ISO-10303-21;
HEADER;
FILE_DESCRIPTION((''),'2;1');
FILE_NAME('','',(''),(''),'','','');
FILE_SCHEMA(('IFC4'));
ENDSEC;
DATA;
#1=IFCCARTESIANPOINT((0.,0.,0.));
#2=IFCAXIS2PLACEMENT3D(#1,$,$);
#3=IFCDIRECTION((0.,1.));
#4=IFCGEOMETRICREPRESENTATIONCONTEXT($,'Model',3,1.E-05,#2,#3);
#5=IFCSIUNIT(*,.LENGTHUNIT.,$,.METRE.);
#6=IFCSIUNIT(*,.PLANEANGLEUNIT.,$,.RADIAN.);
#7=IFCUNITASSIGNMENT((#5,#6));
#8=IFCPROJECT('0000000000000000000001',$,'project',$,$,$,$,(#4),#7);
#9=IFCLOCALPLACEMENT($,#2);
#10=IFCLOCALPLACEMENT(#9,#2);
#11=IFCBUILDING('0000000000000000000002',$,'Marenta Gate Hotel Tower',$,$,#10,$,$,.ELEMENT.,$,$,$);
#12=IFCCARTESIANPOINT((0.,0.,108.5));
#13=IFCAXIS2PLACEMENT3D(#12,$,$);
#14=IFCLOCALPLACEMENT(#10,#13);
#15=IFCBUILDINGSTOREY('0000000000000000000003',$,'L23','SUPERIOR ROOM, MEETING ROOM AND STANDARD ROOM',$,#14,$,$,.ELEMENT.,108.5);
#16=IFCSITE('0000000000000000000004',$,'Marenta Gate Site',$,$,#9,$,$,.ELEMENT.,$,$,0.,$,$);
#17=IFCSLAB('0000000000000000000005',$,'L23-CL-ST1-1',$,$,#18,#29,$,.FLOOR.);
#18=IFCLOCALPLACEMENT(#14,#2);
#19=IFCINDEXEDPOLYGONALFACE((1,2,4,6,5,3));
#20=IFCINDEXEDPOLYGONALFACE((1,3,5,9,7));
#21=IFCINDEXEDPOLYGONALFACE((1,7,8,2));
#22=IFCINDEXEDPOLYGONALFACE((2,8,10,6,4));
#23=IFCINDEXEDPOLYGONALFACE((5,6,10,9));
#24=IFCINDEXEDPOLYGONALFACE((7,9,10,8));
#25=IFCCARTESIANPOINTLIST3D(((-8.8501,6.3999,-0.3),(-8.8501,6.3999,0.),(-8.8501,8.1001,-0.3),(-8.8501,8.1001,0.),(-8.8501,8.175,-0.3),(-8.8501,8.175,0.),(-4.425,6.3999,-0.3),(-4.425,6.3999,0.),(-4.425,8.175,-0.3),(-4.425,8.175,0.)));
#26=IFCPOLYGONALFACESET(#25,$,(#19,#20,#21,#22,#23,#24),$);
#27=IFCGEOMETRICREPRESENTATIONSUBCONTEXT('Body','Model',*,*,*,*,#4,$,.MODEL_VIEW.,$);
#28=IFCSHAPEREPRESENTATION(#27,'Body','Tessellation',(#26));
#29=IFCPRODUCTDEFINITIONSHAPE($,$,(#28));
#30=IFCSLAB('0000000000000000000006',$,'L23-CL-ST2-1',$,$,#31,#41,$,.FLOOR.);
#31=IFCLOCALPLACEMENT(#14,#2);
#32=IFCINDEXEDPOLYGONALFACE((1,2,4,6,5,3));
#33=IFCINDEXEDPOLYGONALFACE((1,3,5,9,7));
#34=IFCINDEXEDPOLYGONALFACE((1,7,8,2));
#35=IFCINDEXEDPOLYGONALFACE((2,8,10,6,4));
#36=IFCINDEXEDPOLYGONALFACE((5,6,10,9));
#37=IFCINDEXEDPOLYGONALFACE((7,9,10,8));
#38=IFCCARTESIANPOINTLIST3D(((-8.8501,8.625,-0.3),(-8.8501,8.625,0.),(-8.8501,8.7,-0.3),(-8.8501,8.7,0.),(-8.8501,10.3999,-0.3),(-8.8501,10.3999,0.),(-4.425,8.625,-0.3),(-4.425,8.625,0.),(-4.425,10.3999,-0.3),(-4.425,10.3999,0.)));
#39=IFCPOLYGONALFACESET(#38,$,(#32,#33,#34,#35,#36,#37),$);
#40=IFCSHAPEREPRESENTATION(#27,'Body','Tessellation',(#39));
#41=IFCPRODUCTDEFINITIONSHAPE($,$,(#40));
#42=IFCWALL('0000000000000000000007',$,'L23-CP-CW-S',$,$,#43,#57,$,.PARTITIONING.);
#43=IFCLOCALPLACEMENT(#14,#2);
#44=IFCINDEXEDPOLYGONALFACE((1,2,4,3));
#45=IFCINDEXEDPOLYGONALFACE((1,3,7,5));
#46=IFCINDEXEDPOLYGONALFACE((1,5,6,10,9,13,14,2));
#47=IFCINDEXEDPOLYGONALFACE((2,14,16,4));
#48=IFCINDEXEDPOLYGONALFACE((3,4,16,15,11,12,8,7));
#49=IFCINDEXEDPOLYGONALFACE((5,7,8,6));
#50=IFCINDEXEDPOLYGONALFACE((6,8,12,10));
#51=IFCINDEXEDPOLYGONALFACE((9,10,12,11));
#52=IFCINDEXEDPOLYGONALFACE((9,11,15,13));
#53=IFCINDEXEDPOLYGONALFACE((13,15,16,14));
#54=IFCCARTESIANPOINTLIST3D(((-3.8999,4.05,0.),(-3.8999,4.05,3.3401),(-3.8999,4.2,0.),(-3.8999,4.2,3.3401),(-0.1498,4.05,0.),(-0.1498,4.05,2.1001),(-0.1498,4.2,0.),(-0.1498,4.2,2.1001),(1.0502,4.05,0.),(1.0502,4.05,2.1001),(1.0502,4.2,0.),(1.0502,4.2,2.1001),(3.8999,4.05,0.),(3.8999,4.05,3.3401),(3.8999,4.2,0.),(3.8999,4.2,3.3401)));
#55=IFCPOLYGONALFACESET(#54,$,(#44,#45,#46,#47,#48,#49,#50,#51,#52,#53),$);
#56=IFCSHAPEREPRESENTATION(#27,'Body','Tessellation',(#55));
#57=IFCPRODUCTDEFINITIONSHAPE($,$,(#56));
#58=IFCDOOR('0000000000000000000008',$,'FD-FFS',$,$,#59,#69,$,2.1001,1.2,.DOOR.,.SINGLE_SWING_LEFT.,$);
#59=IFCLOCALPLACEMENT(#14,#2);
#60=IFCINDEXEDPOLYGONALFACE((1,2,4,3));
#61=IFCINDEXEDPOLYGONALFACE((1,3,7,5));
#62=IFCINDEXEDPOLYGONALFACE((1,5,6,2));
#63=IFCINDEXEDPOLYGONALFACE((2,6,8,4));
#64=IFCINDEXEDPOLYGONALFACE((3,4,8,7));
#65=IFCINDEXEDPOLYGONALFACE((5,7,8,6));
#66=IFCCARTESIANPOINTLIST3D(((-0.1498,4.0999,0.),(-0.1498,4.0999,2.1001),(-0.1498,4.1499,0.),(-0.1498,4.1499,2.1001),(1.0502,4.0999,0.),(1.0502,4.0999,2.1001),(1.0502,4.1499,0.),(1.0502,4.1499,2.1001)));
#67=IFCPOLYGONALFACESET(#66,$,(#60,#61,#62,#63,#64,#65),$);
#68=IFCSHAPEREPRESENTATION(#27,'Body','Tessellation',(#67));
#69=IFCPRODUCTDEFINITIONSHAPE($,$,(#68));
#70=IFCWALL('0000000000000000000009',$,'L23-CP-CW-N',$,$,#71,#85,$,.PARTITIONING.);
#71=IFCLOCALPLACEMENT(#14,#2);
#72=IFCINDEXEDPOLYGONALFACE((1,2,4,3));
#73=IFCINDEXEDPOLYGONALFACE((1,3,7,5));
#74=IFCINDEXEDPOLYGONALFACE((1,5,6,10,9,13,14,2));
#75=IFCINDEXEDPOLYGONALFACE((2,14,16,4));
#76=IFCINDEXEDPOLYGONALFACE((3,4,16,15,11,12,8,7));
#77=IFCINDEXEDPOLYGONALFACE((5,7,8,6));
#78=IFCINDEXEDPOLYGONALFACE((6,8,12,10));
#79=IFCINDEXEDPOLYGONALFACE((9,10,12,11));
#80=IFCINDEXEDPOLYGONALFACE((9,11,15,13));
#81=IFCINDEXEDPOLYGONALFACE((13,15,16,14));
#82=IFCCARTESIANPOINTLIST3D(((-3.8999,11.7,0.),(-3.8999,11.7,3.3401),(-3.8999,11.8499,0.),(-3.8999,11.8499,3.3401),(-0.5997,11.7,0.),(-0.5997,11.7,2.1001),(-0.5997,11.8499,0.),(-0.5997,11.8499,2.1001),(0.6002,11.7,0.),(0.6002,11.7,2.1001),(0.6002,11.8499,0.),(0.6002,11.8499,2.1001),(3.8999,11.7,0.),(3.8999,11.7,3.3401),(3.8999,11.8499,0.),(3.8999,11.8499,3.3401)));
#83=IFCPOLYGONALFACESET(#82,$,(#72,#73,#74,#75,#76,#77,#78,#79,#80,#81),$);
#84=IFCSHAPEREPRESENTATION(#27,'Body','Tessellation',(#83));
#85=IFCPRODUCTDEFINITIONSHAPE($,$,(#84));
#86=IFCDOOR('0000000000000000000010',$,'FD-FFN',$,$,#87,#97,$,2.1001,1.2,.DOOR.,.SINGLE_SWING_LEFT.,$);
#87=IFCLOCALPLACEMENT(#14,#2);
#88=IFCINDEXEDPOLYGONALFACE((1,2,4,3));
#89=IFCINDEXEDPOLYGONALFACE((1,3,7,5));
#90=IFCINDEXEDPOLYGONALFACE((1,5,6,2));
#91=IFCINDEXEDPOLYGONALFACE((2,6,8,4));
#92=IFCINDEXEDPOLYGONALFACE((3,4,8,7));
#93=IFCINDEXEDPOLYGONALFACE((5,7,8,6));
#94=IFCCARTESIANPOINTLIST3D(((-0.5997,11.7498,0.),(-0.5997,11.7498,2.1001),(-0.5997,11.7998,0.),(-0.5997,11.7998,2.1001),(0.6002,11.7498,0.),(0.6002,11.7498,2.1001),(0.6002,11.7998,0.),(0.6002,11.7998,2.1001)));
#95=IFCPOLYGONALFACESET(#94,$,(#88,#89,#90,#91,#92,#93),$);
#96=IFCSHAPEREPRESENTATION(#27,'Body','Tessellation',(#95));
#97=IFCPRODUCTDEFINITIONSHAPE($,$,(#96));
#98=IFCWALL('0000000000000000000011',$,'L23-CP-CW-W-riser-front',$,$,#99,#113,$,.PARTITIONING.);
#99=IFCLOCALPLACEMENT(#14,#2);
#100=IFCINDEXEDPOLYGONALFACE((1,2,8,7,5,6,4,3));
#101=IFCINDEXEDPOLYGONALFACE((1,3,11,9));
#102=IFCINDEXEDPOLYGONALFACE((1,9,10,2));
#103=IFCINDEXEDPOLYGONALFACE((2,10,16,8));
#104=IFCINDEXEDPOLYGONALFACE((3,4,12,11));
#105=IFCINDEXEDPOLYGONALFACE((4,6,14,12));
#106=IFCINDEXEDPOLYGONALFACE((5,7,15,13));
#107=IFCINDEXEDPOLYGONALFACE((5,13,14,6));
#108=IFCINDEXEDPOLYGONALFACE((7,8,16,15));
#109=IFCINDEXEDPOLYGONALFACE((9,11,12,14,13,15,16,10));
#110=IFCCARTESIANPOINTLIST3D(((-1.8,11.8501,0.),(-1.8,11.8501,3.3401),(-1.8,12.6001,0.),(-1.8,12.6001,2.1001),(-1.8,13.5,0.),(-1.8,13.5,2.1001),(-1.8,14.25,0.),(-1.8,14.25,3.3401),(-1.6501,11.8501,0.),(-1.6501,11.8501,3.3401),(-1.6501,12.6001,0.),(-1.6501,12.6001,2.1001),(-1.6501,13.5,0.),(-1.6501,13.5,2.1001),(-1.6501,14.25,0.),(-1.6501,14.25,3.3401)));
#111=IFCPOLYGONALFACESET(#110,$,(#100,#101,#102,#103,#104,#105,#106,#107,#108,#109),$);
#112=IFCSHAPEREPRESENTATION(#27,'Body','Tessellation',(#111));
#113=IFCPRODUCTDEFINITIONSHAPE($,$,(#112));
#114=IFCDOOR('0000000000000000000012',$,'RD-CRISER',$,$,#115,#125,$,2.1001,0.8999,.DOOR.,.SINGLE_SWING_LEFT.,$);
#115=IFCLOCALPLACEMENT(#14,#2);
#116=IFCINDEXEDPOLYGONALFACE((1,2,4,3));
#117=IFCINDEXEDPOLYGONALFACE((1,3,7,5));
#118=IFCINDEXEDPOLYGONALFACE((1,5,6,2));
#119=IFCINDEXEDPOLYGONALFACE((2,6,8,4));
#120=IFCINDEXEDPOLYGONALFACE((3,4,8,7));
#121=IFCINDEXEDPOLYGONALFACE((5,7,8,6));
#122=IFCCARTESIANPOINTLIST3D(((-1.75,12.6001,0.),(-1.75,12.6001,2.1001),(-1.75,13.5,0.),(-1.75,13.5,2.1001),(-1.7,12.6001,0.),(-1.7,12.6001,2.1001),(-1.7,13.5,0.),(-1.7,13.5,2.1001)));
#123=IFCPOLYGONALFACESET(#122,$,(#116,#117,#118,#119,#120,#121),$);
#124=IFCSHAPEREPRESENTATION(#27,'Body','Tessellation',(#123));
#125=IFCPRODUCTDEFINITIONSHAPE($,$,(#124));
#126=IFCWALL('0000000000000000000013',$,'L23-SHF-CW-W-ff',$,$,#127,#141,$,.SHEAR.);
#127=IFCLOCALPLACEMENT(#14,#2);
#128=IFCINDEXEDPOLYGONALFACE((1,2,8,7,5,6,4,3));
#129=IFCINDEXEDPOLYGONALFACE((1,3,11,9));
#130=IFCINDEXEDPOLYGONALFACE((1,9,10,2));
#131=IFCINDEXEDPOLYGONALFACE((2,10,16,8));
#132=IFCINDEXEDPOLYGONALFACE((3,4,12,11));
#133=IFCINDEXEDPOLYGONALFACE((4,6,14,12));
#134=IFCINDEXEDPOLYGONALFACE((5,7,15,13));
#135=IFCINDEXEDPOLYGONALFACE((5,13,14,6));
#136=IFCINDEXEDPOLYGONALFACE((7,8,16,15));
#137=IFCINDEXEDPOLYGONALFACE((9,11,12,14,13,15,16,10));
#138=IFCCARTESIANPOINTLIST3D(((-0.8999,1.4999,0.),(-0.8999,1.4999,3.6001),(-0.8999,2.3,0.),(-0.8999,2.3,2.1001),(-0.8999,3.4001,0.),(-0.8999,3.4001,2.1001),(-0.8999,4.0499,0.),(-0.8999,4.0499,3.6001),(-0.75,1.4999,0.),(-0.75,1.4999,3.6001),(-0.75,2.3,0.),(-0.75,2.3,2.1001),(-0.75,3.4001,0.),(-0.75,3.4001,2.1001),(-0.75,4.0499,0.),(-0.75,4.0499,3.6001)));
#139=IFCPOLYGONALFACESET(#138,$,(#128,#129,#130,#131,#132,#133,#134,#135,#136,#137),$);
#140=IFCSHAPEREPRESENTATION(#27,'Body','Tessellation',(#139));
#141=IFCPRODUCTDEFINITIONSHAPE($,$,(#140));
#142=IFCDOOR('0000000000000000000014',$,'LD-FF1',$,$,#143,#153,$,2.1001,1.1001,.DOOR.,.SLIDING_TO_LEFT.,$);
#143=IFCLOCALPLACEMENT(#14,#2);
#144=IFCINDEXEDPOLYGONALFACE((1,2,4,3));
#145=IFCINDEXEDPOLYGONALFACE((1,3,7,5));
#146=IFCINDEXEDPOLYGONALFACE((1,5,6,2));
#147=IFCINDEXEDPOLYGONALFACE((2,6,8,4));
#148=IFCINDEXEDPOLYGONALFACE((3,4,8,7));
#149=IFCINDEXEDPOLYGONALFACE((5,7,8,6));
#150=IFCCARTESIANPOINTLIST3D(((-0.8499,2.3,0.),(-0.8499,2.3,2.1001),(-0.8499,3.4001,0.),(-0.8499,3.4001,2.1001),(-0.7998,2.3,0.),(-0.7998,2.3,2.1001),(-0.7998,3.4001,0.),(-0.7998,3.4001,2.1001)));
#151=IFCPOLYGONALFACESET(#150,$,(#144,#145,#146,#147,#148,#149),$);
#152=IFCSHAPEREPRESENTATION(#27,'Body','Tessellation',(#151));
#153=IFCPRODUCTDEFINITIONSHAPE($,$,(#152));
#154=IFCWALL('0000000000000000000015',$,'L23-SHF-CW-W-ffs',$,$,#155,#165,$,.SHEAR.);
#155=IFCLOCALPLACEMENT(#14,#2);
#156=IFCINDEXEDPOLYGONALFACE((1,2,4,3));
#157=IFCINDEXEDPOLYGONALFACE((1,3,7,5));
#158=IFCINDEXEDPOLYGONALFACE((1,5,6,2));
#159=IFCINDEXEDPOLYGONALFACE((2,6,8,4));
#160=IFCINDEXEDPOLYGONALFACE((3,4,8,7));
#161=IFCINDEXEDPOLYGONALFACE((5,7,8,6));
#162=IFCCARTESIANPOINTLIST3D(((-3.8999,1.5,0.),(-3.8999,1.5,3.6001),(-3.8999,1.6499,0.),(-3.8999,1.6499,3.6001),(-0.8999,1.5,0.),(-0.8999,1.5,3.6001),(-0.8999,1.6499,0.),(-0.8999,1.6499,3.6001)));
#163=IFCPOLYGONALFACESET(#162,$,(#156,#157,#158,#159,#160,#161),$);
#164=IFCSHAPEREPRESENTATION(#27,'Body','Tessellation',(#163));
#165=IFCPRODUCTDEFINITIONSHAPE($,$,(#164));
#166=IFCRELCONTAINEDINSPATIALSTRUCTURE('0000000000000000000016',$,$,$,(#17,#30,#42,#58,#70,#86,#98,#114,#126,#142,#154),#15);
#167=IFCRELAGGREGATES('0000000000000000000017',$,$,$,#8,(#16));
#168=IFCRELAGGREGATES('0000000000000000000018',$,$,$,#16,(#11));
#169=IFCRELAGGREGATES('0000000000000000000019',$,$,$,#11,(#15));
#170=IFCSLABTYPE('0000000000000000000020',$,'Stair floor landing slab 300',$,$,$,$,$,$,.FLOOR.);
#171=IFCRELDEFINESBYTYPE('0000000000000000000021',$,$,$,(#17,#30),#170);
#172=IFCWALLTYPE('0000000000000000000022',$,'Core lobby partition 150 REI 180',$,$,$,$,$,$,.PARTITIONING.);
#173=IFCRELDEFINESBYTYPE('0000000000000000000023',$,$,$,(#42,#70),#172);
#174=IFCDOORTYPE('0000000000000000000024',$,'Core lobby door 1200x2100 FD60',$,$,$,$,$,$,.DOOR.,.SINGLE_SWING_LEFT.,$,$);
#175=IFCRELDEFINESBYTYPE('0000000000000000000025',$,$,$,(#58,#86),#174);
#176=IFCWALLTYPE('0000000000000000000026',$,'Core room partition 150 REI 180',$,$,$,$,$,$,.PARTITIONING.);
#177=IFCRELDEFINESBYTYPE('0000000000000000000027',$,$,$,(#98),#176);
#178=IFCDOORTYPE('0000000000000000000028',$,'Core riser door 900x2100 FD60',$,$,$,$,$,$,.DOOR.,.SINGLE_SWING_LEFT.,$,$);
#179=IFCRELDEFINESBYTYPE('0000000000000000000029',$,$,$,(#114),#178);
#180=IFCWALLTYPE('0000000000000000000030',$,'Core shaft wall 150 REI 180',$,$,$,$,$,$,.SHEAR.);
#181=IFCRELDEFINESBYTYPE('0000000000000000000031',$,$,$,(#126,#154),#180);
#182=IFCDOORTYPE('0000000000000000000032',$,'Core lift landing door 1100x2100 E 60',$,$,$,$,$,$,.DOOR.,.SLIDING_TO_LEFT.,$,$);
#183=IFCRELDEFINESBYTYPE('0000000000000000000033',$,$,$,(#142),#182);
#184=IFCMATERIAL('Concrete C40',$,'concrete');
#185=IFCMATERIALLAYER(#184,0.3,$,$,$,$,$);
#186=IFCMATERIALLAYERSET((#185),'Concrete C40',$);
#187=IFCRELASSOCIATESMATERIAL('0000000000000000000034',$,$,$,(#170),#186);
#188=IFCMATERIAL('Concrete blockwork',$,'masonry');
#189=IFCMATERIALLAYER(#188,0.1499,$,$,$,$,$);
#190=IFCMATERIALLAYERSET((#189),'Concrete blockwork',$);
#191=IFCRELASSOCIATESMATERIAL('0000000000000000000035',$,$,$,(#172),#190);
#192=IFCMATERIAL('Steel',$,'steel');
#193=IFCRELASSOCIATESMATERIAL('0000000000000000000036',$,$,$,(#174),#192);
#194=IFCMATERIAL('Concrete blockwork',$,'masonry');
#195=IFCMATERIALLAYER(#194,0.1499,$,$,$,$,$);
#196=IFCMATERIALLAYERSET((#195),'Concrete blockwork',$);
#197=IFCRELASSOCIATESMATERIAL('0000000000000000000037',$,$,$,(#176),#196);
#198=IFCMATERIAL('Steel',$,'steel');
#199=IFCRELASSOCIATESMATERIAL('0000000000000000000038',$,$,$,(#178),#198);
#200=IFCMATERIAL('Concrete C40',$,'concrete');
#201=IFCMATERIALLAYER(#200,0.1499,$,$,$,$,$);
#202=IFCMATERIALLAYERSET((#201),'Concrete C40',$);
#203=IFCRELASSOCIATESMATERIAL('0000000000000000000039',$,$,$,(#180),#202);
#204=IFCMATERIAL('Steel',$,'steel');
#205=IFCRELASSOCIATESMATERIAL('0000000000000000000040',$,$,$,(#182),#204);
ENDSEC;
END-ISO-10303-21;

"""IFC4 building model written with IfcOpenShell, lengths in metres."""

from ifc_helpers import new_model, si_unit, direction, frame, frame_2d, origin, place, context, subcontext, project, spatial, polyline, rectangle, outline, extrude, material, layer, layer_set, type_object, element, fill, save


model = new_model("IFC4")

# Units and contexts
model_context = context("Model", 3, precision=1e-05, world=origin(), true_north=direction((0.0, 1.0)))
body_context = subcontext(model_context, "Body", "Model", "MODEL_VIEW")
ifc_project = project(units=[si_unit("LENGTHUNIT", "METRE"), si_unit("PLANEANGLEUNIT", "RADIAN")], contexts=[model_context])

# Site, building, storey
site_placement = place(None, origin())
site = spatial("IfcSite", under=ifc_project, at=site_placement, Name="Marenta Gate Site", CompositionType="ELEMENT", RefElevation=0.0)
building_placement = place(site_placement, origin())
building = spatial("IfcBuilding", under=site, at=building_placement, Name="Marenta Gate Hotel Tower", CompositionType="ELEMENT")
storey_placement = place(building_placement, frame((0.0, 0.0, 108.5)))
storey = spatial("IfcBuildingStorey", under=building, at=storey_placement, Name="L23", Description="SUPERIOR ROOM, MEETING ROOM AND STANDARD ROOM", CompositionType="ELEMENT", Elevation=108.5)

# Slabs
ifc_material_1 = material(Name="Concrete C40", Category="concrete")
ifc_layer_1 = layer(ifc_material_1, 0.3)
ifc_layer_set_1 = layer_set([ifc_layer_1], Name="Concrete C40")
slab_type_1 = type_object("IfcSlabType", Name="Stair floor landing slab 300", PredefinedType="FLOOR", material=ifc_layer_set_1)
slab_1_placement = place(storey_placement, frame((0.0, 0.0, -0.3)))
element("IfcSlab", 1, at=slab_1_placement, inside=storey, type_object=slab_type_1, Name="L23-CL-ST1-1", PredefinedType="FLOOR", context=body_context, shape_type="SweptSolid", body=[
    extrude(outline(polyline([(-4.425, 6.3999), (-8.8501, 6.3999), (-8.8501, 8.1001), (-8.8501, 8.175), (-4.425, 8.175), (-4.425, 6.3999)])), origin(), (0.0, 0.0, 1.0), 0.3),
])
slab_2_placement = place(storey_placement, frame((0.0, 0.0, -0.3)))
element("IfcSlab", 2, at=slab_2_placement, inside=storey, type_object=slab_type_1, Name="L23-CL-ST2-1", PredefinedType="FLOOR", context=body_context, shape_type="SweptSolid", body=[
    extrude(outline(polyline([(-4.425, 8.625), (-8.8501, 8.625), (-8.8501, 8.7), (-8.8501, 10.3999), (-4.425, 10.3999), (-4.425, 8.625)])), origin(), (0.0, 0.0, 1.0), 0.3),
])

# Walls, openings, doors
ifc_material_2 = material(Name="Concrete blockwork", Category="masonry")
ifc_layer_2 = layer(ifc_material_2, 0.1499)
ifc_layer_set_2 = layer_set([ifc_layer_2], Name="Concrete blockwork")
wall_type_1 = type_object("IfcWallType", Name="Core lobby partition 150 REI 180", PredefinedType="PARTITIONING", material=ifc_layer_set_2)
wall_1_placement = place(storey_placement, frame((-3.8999, 4.125, 0.0), z_axis=(0.0, 0.0, 1.0), x_axis=(1.0, 0.0, 0.0)))
wall_1 = element("IfcWall", 3, at=wall_1_placement, inside=storey, type_object=wall_type_1, Name="L23-CP-CW-S", PredefinedType="PARTITIONING", context=body_context, shape_type="SweptSolid", body=[
    extrude(rectangle(XDim=7.7998, YDim=0.1499, at=frame_2d((3.8999, 0.0))), origin(), (0.0, 0.0, 1.0), 3.3401),
])
opening_1_placement = place(wall_1_placement, frame((3.75, 0.0, 0.0)))
opening_1 = element("IfcOpeningElement", 4, at=opening_1_placement, cuts=wall_1, PredefinedType="OPENING", context=body_context, shape_type="SweptSolid", body=[
    extrude(rectangle(XDim=1.2, YDim=2.1001, at=frame_2d((0.6001, 1.05))), frame((0.0, 0.075, 0.0), z_axis=(0.0, -1.0, 0.0), x_axis=(1.0, 0.0, 0.0)), (0.0, 0.0, 1.0), 0.1499),
])
ifc_material_3 = material(Name="Steel", Category="steel")
door_type_1 = type_object("IfcDoorType", Name="Core lobby door 1200x2100 FD60", OperationType="SINGLE_SWING_LEFT", PredefinedType="DOOR", material=ifc_material_3)
door_1_placement = place(opening_1_placement, origin())
door_1 = element("IfcDoor", 5, at=door_1_placement, inside=storey, type_object=door_type_1, Name="FD-FFS", OperationType="SINGLE_SWING_LEFT", OverallHeight=2.1001, OverallWidth=1.2, PredefinedType="DOOR", context=body_context, shape_type="SweptSolid", body=[
    extrude(rectangle(XDim=1.2, YDim=2.1001, at=frame_2d((0.6001, 1.05))), frame((0.0, 0.0249, 0.0), z_axis=(0.0, -1.0, 0.0), x_axis=(1.0, 0.0, 0.0)), (0.0, 0.0, 1.0), 0.05),
])
fill(opening_1, door_1)
wall_2_placement = place(storey_placement, frame((-3.8999, 11.7749, 0.0), z_axis=(0.0, 0.0, 1.0), x_axis=(1.0, 0.0, 0.0)))
wall_2 = element("IfcWall", 6, at=wall_2_placement, inside=storey, type_object=wall_type_1, Name="L23-CP-CW-N", PredefinedType="PARTITIONING", context=body_context, shape_type="SweptSolid", body=[
    extrude(rectangle(XDim=7.7998, YDim=0.1499, at=frame_2d((3.8999, 0.0))), origin(), (0.0, 0.0, 1.0), 3.3401),
])
opening_2_placement = place(wall_2_placement, frame((3.3, 0.0, 0.0)))
opening_2 = element("IfcOpeningElement", 7, at=opening_2_placement, cuts=wall_2, PredefinedType="OPENING", context=body_context, shape_type="SweptSolid", body=[
    extrude(rectangle(XDim=1.2, YDim=2.1001, at=frame_2d((0.6001, 1.05))), frame((0.0, 0.075, 0.0), z_axis=(0.0, -1.0, 0.0), x_axis=(1.0, 0.0, 0.0)), (0.0, 0.0, 1.0), 0.1499),
])
door_2_placement = place(opening_2_placement, origin())
door_2 = element("IfcDoor", 8, at=door_2_placement, inside=storey, type_object=door_type_1, Name="FD-FFN", OperationType="SINGLE_SWING_LEFT", OverallHeight=2.1001, OverallWidth=1.2, PredefinedType="DOOR", context=body_context, shape_type="SweptSolid", body=[
    extrude(rectangle(XDim=1.2, YDim=2.1001, at=frame_2d((0.6001, 1.05))), frame((0.0, 0.0249, 0.0), z_axis=(0.0, -1.0, 0.0), x_axis=(1.0, 0.0, 0.0)), (0.0, 0.0, 1.0), 0.05),
])
fill(opening_2, door_2)
ifc_material_4 = material(Name="Concrete blockwork", Category="masonry")
ifc_layer_3 = layer(ifc_material_4, 0.1499)
ifc_layer_set_3 = layer_set([ifc_layer_3], Name="Concrete blockwork")
wall_type_2 = type_object("IfcWallType", Name="Core room partition 150 REI 180", PredefinedType="PARTITIONING", material=ifc_layer_set_3)
wall_3_placement = place(storey_placement, frame((-1.7251, 11.8501, 0.0), z_axis=(0.0, 0.0, 1.0), x_axis=(0.0, 1.0, 0.0)))
wall_3 = element("IfcWall", 9, at=wall_3_placement, inside=storey, type_object=wall_type_2, Name="L23-CP-CW-W-riser-front", PredefinedType="PARTITIONING", context=body_context, shape_type="SweptSolid", body=[
    extrude(rectangle(XDim=2.3999, YDim=0.1499, at=frame_2d((1.2, 0.0))), origin(), (0.0, 0.0, 1.0), 3.3401),
])
opening_3_placement = place(wall_3_placement, frame((0.75, 0.0, 0.0)))
opening_3 = element("IfcOpeningElement", 10, at=opening_3_placement, cuts=wall_3, PredefinedType="OPENING", context=body_context, shape_type="SweptSolid", body=[
    extrude(rectangle(XDim=0.8999, YDim=2.1001, at=frame_2d((0.45, 1.05))), frame((0.0, 0.075, 0.0), z_axis=(0.0, -1.0, 0.0), x_axis=(1.0, 0.0, 0.0)), (0.0, 0.0, 1.0), 0.1499),
])
ifc_material_5 = material(Name="Steel", Category="steel")
door_type_2 = type_object("IfcDoorType", Name="Core riser door 900x2100 FD60", OperationType="SINGLE_SWING_LEFT", PredefinedType="DOOR", material=ifc_material_5)
door_3_placement = place(opening_3_placement, origin())
door_3 = element("IfcDoor", 11, at=door_3_placement, inside=storey, type_object=door_type_2, Name="RD-CRISER", OperationType="SINGLE_SWING_LEFT", OverallHeight=2.1001, OverallWidth=0.8999, PredefinedType="DOOR", context=body_context, shape_type="SweptSolid", body=[
    extrude(rectangle(XDim=0.8999, YDim=2.1001, at=frame_2d((0.45, 1.05))), frame((0.0, 0.0249, 0.0), z_axis=(0.0, -1.0, 0.0), x_axis=(1.0, 0.0, 0.0)), (0.0, 0.0, 1.0), 0.05),
])
fill(opening_3, door_3)
ifc_material_6 = material(Name="Concrete C40", Category="concrete")
ifc_layer_4 = layer(ifc_material_6, 0.1499)
ifc_layer_set_4 = layer_set([ifc_layer_4], Name="Concrete C40")
wall_type_3 = type_object("IfcWallType", Name="Core shaft wall 150 REI 180", PredefinedType="SHEAR", material=ifc_layer_set_4)
wall_4_placement = place(storey_placement, frame((-0.825, 1.5, 0.0), z_axis=(0.0, 0.0, 1.0), x_axis=(0.0, 1.0, 0.0)))
wall_4 = element("IfcWall", 12, at=wall_4_placement, inside=storey, type_object=wall_type_3, Name="L23-SHF-CW-W-ff", PredefinedType="SHEAR", context=body_context, shape_type="SweptSolid", body=[
    extrude(rectangle(XDim=2.55, YDim=0.1499, at=frame_2d((1.2749, 0.0))), origin(), (0.0, 0.0, 1.0), 3.6001),
])
opening_4_placement = place(wall_4_placement, frame((0.8, 0.0, 0.0)))
opening_4 = element("IfcOpeningElement", 13, at=opening_4_placement, cuts=wall_4, PredefinedType="OPENING", context=body_context, shape_type="SweptSolid", body=[
    extrude(rectangle(XDim=1.1001, YDim=2.1001, at=frame_2d((0.55, 1.05))), frame((0.0, 0.075, 0.0), z_axis=(0.0, -1.0, 0.0), x_axis=(1.0, 0.0, 0.0)), (0.0, 0.0, 1.0), 0.1499),
])
ifc_material_7 = material(Name="Steel", Category="steel")
door_type_3 = type_object("IfcDoorType", Name="Core lift landing door 1100x2100 E 60", OperationType="SLIDING_TO_LEFT", PredefinedType="DOOR", material=ifc_material_7)
door_4_placement = place(opening_4_placement, origin())
door_4 = element("IfcDoor", 14, at=door_4_placement, inside=storey, type_object=door_type_3, Name="LD-FF1", OperationType="SLIDING_TO_LEFT", OverallHeight=2.1001, OverallWidth=1.1001, PredefinedType="DOOR", context=body_context, shape_type="SweptSolid", body=[
    extrude(rectangle(XDim=1.1001, YDim=2.1001, at=frame_2d((0.55, 1.05))), frame((0.0, 0.0249, 0.0), z_axis=(0.0, -1.0, 0.0), x_axis=(1.0, 0.0, 0.0)), (0.0, 0.0, 1.0), 0.05),
])
fill(opening_4, door_4)

# Wall
wall_5_placement = place(storey_placement, frame((-3.8999, 1.575, 0.0), z_axis=(0.0, 0.0, 1.0), x_axis=(1.0, 0.0, 0.0)))
element("IfcWall", 15, at=wall_5_placement, inside=storey, type_object=wall_type_3, Name="L23-SHF-CW-W-ffs", PredefinedType="SHEAR", context=body_context, shape_type="SweptSolid", body=[
    extrude(rectangle(XDim=3.0, YDim=0.1499, at=frame_2d((1.5, 0.0))), origin(), (0.0, 0.0, 1.0), 3.6001),
])

save(model, "model.ifc")
